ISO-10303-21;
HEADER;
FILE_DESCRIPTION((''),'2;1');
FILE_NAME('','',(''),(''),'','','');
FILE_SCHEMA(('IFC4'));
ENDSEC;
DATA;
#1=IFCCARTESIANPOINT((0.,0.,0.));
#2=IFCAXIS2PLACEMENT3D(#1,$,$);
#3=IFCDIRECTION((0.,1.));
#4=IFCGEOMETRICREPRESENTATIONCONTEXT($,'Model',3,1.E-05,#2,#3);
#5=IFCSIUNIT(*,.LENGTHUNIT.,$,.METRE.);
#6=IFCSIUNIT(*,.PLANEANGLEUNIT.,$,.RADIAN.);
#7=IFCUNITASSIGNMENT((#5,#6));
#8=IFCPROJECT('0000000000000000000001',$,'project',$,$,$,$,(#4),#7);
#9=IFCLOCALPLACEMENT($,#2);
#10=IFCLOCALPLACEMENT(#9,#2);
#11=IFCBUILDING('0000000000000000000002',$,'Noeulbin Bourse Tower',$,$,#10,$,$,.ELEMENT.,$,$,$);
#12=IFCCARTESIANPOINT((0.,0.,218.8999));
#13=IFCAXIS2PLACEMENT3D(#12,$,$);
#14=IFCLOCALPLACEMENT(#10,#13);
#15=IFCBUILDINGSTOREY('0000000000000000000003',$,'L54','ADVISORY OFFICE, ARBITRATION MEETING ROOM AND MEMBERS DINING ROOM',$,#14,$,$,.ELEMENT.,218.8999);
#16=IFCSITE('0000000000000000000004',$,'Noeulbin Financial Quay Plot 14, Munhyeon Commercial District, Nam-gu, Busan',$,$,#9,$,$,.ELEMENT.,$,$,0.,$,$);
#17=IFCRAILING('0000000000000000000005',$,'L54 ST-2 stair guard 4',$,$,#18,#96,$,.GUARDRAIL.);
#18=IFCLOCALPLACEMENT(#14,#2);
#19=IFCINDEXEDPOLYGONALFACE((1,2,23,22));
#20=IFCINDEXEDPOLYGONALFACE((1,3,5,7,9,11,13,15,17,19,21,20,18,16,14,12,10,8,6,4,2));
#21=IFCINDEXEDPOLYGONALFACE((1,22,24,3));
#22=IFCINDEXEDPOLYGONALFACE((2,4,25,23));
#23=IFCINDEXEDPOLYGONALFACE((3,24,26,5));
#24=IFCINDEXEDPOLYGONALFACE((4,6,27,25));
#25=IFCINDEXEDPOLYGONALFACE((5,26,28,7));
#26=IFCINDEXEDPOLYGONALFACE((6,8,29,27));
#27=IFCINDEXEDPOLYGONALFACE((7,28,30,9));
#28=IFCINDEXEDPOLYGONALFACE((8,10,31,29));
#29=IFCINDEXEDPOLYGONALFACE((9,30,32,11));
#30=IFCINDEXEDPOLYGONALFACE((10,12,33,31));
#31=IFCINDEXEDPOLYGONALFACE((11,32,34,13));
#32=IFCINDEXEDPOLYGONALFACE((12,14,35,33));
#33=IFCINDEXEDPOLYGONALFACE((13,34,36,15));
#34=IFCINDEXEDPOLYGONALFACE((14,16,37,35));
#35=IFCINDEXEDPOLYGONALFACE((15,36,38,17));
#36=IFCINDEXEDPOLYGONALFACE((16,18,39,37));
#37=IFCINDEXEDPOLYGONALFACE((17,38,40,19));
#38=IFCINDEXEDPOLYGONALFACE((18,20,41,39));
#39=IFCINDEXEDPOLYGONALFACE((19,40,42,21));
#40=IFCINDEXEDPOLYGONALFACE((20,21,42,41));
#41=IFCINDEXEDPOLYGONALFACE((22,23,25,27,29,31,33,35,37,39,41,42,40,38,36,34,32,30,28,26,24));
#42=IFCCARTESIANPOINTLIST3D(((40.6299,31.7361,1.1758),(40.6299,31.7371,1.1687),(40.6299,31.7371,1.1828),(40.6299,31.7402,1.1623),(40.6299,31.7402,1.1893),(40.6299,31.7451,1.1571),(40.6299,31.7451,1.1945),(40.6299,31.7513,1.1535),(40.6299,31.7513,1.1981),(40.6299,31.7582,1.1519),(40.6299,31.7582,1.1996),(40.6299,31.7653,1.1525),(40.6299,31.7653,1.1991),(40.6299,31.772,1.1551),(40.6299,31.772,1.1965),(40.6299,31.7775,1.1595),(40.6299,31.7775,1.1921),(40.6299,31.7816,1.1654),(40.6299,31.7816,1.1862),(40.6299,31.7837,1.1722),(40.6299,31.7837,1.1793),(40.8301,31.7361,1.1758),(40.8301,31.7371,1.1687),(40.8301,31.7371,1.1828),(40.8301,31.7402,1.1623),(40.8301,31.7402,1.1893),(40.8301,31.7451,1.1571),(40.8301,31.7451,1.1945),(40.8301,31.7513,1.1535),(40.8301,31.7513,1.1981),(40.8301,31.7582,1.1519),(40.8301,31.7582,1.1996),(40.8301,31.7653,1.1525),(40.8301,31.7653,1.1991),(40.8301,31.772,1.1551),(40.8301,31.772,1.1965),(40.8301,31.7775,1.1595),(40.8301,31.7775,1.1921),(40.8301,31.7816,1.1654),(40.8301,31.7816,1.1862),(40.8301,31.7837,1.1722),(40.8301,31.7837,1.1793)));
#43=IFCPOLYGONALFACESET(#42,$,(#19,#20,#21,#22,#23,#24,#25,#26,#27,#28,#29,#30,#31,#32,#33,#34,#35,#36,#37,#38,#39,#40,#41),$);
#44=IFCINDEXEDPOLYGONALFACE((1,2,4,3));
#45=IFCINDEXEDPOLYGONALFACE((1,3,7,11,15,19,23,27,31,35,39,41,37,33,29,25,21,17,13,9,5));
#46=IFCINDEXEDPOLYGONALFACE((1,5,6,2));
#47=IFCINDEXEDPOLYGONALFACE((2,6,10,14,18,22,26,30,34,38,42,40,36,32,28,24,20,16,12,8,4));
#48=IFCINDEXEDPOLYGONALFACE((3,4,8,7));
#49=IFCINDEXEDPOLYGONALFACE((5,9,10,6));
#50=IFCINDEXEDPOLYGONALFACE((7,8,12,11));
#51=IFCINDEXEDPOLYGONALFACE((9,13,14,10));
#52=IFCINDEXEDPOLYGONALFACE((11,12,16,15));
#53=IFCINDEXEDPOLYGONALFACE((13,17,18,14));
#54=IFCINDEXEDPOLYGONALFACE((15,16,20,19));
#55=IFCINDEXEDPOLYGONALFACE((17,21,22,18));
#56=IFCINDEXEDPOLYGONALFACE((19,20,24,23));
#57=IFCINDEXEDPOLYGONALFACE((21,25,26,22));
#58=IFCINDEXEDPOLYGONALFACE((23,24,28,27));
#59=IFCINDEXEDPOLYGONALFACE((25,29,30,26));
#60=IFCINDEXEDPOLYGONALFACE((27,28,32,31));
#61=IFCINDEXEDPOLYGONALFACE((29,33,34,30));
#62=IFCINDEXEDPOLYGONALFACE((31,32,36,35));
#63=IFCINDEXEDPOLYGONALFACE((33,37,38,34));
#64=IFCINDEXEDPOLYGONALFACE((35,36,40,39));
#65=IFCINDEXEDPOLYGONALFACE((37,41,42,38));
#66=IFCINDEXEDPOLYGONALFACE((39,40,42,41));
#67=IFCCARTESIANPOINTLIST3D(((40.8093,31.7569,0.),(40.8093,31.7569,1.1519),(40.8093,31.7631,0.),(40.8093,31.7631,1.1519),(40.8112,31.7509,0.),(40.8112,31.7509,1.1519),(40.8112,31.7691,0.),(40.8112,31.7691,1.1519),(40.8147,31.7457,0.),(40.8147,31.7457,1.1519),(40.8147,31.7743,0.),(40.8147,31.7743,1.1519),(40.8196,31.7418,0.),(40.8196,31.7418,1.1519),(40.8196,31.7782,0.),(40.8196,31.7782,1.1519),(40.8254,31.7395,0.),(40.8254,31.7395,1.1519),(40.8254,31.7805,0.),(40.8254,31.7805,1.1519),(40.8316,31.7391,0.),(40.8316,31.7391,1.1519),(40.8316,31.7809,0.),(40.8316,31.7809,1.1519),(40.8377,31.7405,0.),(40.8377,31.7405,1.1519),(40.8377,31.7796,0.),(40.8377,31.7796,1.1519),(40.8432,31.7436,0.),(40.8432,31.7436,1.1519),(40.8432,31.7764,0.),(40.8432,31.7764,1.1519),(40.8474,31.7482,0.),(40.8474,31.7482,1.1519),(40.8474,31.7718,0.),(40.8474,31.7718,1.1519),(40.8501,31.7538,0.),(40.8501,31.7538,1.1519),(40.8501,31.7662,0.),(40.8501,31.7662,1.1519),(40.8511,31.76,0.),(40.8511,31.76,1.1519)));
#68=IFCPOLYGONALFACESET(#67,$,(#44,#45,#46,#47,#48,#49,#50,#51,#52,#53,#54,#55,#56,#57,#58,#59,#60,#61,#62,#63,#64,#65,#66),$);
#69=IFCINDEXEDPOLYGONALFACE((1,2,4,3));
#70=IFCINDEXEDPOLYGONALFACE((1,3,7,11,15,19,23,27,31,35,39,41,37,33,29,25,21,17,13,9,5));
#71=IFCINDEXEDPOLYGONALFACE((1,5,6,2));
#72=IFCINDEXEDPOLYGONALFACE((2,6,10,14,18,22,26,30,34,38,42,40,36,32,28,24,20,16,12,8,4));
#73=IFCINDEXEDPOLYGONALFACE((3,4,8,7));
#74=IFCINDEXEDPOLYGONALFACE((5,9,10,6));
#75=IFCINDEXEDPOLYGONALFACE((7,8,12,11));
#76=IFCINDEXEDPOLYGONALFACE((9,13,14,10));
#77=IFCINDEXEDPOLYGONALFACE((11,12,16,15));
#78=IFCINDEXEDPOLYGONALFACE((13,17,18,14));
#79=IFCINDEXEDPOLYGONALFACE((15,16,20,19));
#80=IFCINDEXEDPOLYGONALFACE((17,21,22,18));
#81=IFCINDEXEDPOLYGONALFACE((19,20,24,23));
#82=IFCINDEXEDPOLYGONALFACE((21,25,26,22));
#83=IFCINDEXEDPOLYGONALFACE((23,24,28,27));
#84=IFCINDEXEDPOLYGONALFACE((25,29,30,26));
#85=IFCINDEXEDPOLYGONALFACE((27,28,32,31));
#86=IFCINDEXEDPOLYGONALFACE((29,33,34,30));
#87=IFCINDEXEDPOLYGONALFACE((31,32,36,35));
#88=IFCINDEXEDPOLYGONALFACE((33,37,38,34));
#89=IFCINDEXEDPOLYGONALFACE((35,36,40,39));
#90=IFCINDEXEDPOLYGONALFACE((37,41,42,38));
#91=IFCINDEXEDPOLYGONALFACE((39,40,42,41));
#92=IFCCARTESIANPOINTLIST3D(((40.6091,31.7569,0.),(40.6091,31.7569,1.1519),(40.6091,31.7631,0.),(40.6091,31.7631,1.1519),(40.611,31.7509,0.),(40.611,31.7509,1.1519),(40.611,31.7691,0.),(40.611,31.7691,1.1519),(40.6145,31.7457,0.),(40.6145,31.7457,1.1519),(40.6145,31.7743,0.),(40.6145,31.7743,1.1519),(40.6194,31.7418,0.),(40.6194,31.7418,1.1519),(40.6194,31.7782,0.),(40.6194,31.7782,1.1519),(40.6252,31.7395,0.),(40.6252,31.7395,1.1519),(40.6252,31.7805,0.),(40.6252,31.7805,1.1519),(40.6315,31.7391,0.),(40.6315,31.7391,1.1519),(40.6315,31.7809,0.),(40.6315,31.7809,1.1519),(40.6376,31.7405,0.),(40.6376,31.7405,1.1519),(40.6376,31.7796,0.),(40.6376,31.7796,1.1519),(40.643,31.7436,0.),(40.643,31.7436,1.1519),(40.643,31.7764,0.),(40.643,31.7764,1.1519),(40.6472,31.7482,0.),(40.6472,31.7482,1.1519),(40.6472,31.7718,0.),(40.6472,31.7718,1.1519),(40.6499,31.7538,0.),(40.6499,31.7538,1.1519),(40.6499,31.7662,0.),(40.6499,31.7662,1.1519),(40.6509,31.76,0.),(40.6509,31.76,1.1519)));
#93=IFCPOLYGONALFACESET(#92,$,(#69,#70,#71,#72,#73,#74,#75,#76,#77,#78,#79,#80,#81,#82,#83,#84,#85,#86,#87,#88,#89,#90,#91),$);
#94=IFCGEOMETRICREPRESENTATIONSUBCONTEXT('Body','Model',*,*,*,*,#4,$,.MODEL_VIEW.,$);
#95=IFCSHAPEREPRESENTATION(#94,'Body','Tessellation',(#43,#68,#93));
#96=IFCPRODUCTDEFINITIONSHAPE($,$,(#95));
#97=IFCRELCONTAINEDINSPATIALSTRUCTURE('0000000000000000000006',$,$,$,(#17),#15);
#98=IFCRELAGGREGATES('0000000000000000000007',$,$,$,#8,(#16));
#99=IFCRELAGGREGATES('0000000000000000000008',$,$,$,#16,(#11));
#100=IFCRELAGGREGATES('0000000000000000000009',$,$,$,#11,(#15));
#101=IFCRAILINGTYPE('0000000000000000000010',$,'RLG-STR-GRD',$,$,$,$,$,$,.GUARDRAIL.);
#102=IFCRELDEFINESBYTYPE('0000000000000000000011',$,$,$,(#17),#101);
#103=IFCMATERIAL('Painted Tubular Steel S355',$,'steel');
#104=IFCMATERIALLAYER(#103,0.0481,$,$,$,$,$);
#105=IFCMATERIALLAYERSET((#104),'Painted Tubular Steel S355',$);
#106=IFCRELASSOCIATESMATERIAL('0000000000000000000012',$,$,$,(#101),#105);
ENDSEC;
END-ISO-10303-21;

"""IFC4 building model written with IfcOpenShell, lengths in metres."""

from ifc_helpers import new_model, si_unit, direction, frame, origin, origin_2d, place, context, subcontext, project, spatial, circle, extrude, material, layer, layer_set, type_object, element, save


model = new_model("IFC4")

# Units and contexts
model_context = context("Model", 3, precision=1e-05, world=origin(), true_north=direction((0.0, 1.0)))
body_context = subcontext(model_context, "Body", "Model", "MODEL_VIEW")
ifc_project = project(units=[si_unit("LENGTHUNIT", "METRE"), si_unit("PLANEANGLEUNIT", "RADIAN")], contexts=[model_context])

# Site, building, storey
site_placement = place(None, origin())
site = spatial("IfcSite", under=ifc_project, at=site_placement, Name="Noeulbin Financial Quay Plot 14, Munhyeon Commercial District, Nam-gu, Busan", CompositionType="ELEMENT", RefElevation=0.0)
building_placement = place(site_placement, origin())
building = spatial("IfcBuilding", under=site, at=building_placement, Name="Noeulbin Bourse Tower", CompositionType="ELEMENT")
storey_placement = place(building_placement, frame((0.0, 0.0, 218.8999)))
storey = spatial("IfcBuildingStorey", under=building, at=storey_placement, Name="L54", Description="ADVISORY OFFICE, ARBITRATION MEETING ROOM AND MEMBERS DINING ROOM", CompositionType="ELEMENT", Elevation=218.8999)

# Railing
ifc_material_1 = material(Name="Painted Tubular Steel S355", Category="steel")
ifc_layer_1 = layer(ifc_material_1, 0.0481)
ifc_layer_set_1 = layer_set([ifc_layer_1], Name="Painted Tubular Steel S355")
railing_type_1 = type_object("IfcRailingType", Name="RLG-STR-GRD", PredefinedType="GUARDRAIL", material=ifc_layer_set_1)
railing_1_placement = place(storey_placement, frame((40.8301, 31.76, 0.0)))
element("IfcRailing", 1, at=railing_1_placement, inside=storey, type_object=railing_type_1, Name="L54 ST-2 stair guard 4", PredefinedType="GUARDRAIL", context=body_context, shape_type="SweptSolid", body=[
    extrude(circle(Radius=0.0239, at=origin_2d()), frame((0.0, 0.0, 1.1758), z_axis=(-1.0, 0.0, 0.0), x_axis=(0.0, -1.0, 0.0)), (0.0, 0.0, 1.0), 0.2002),
    extrude(circle(Radius=0.021, at=origin_2d()), origin(), (0.0, 0.0, 1.0), 1.1519),
    extrude(circle(Radius=0.021, at=origin_2d()), frame((-0.2002, 0.0, 0.0)), (0.0, 0.0, 1.0), 1.1519),
])

save(model, "model.ifc")
